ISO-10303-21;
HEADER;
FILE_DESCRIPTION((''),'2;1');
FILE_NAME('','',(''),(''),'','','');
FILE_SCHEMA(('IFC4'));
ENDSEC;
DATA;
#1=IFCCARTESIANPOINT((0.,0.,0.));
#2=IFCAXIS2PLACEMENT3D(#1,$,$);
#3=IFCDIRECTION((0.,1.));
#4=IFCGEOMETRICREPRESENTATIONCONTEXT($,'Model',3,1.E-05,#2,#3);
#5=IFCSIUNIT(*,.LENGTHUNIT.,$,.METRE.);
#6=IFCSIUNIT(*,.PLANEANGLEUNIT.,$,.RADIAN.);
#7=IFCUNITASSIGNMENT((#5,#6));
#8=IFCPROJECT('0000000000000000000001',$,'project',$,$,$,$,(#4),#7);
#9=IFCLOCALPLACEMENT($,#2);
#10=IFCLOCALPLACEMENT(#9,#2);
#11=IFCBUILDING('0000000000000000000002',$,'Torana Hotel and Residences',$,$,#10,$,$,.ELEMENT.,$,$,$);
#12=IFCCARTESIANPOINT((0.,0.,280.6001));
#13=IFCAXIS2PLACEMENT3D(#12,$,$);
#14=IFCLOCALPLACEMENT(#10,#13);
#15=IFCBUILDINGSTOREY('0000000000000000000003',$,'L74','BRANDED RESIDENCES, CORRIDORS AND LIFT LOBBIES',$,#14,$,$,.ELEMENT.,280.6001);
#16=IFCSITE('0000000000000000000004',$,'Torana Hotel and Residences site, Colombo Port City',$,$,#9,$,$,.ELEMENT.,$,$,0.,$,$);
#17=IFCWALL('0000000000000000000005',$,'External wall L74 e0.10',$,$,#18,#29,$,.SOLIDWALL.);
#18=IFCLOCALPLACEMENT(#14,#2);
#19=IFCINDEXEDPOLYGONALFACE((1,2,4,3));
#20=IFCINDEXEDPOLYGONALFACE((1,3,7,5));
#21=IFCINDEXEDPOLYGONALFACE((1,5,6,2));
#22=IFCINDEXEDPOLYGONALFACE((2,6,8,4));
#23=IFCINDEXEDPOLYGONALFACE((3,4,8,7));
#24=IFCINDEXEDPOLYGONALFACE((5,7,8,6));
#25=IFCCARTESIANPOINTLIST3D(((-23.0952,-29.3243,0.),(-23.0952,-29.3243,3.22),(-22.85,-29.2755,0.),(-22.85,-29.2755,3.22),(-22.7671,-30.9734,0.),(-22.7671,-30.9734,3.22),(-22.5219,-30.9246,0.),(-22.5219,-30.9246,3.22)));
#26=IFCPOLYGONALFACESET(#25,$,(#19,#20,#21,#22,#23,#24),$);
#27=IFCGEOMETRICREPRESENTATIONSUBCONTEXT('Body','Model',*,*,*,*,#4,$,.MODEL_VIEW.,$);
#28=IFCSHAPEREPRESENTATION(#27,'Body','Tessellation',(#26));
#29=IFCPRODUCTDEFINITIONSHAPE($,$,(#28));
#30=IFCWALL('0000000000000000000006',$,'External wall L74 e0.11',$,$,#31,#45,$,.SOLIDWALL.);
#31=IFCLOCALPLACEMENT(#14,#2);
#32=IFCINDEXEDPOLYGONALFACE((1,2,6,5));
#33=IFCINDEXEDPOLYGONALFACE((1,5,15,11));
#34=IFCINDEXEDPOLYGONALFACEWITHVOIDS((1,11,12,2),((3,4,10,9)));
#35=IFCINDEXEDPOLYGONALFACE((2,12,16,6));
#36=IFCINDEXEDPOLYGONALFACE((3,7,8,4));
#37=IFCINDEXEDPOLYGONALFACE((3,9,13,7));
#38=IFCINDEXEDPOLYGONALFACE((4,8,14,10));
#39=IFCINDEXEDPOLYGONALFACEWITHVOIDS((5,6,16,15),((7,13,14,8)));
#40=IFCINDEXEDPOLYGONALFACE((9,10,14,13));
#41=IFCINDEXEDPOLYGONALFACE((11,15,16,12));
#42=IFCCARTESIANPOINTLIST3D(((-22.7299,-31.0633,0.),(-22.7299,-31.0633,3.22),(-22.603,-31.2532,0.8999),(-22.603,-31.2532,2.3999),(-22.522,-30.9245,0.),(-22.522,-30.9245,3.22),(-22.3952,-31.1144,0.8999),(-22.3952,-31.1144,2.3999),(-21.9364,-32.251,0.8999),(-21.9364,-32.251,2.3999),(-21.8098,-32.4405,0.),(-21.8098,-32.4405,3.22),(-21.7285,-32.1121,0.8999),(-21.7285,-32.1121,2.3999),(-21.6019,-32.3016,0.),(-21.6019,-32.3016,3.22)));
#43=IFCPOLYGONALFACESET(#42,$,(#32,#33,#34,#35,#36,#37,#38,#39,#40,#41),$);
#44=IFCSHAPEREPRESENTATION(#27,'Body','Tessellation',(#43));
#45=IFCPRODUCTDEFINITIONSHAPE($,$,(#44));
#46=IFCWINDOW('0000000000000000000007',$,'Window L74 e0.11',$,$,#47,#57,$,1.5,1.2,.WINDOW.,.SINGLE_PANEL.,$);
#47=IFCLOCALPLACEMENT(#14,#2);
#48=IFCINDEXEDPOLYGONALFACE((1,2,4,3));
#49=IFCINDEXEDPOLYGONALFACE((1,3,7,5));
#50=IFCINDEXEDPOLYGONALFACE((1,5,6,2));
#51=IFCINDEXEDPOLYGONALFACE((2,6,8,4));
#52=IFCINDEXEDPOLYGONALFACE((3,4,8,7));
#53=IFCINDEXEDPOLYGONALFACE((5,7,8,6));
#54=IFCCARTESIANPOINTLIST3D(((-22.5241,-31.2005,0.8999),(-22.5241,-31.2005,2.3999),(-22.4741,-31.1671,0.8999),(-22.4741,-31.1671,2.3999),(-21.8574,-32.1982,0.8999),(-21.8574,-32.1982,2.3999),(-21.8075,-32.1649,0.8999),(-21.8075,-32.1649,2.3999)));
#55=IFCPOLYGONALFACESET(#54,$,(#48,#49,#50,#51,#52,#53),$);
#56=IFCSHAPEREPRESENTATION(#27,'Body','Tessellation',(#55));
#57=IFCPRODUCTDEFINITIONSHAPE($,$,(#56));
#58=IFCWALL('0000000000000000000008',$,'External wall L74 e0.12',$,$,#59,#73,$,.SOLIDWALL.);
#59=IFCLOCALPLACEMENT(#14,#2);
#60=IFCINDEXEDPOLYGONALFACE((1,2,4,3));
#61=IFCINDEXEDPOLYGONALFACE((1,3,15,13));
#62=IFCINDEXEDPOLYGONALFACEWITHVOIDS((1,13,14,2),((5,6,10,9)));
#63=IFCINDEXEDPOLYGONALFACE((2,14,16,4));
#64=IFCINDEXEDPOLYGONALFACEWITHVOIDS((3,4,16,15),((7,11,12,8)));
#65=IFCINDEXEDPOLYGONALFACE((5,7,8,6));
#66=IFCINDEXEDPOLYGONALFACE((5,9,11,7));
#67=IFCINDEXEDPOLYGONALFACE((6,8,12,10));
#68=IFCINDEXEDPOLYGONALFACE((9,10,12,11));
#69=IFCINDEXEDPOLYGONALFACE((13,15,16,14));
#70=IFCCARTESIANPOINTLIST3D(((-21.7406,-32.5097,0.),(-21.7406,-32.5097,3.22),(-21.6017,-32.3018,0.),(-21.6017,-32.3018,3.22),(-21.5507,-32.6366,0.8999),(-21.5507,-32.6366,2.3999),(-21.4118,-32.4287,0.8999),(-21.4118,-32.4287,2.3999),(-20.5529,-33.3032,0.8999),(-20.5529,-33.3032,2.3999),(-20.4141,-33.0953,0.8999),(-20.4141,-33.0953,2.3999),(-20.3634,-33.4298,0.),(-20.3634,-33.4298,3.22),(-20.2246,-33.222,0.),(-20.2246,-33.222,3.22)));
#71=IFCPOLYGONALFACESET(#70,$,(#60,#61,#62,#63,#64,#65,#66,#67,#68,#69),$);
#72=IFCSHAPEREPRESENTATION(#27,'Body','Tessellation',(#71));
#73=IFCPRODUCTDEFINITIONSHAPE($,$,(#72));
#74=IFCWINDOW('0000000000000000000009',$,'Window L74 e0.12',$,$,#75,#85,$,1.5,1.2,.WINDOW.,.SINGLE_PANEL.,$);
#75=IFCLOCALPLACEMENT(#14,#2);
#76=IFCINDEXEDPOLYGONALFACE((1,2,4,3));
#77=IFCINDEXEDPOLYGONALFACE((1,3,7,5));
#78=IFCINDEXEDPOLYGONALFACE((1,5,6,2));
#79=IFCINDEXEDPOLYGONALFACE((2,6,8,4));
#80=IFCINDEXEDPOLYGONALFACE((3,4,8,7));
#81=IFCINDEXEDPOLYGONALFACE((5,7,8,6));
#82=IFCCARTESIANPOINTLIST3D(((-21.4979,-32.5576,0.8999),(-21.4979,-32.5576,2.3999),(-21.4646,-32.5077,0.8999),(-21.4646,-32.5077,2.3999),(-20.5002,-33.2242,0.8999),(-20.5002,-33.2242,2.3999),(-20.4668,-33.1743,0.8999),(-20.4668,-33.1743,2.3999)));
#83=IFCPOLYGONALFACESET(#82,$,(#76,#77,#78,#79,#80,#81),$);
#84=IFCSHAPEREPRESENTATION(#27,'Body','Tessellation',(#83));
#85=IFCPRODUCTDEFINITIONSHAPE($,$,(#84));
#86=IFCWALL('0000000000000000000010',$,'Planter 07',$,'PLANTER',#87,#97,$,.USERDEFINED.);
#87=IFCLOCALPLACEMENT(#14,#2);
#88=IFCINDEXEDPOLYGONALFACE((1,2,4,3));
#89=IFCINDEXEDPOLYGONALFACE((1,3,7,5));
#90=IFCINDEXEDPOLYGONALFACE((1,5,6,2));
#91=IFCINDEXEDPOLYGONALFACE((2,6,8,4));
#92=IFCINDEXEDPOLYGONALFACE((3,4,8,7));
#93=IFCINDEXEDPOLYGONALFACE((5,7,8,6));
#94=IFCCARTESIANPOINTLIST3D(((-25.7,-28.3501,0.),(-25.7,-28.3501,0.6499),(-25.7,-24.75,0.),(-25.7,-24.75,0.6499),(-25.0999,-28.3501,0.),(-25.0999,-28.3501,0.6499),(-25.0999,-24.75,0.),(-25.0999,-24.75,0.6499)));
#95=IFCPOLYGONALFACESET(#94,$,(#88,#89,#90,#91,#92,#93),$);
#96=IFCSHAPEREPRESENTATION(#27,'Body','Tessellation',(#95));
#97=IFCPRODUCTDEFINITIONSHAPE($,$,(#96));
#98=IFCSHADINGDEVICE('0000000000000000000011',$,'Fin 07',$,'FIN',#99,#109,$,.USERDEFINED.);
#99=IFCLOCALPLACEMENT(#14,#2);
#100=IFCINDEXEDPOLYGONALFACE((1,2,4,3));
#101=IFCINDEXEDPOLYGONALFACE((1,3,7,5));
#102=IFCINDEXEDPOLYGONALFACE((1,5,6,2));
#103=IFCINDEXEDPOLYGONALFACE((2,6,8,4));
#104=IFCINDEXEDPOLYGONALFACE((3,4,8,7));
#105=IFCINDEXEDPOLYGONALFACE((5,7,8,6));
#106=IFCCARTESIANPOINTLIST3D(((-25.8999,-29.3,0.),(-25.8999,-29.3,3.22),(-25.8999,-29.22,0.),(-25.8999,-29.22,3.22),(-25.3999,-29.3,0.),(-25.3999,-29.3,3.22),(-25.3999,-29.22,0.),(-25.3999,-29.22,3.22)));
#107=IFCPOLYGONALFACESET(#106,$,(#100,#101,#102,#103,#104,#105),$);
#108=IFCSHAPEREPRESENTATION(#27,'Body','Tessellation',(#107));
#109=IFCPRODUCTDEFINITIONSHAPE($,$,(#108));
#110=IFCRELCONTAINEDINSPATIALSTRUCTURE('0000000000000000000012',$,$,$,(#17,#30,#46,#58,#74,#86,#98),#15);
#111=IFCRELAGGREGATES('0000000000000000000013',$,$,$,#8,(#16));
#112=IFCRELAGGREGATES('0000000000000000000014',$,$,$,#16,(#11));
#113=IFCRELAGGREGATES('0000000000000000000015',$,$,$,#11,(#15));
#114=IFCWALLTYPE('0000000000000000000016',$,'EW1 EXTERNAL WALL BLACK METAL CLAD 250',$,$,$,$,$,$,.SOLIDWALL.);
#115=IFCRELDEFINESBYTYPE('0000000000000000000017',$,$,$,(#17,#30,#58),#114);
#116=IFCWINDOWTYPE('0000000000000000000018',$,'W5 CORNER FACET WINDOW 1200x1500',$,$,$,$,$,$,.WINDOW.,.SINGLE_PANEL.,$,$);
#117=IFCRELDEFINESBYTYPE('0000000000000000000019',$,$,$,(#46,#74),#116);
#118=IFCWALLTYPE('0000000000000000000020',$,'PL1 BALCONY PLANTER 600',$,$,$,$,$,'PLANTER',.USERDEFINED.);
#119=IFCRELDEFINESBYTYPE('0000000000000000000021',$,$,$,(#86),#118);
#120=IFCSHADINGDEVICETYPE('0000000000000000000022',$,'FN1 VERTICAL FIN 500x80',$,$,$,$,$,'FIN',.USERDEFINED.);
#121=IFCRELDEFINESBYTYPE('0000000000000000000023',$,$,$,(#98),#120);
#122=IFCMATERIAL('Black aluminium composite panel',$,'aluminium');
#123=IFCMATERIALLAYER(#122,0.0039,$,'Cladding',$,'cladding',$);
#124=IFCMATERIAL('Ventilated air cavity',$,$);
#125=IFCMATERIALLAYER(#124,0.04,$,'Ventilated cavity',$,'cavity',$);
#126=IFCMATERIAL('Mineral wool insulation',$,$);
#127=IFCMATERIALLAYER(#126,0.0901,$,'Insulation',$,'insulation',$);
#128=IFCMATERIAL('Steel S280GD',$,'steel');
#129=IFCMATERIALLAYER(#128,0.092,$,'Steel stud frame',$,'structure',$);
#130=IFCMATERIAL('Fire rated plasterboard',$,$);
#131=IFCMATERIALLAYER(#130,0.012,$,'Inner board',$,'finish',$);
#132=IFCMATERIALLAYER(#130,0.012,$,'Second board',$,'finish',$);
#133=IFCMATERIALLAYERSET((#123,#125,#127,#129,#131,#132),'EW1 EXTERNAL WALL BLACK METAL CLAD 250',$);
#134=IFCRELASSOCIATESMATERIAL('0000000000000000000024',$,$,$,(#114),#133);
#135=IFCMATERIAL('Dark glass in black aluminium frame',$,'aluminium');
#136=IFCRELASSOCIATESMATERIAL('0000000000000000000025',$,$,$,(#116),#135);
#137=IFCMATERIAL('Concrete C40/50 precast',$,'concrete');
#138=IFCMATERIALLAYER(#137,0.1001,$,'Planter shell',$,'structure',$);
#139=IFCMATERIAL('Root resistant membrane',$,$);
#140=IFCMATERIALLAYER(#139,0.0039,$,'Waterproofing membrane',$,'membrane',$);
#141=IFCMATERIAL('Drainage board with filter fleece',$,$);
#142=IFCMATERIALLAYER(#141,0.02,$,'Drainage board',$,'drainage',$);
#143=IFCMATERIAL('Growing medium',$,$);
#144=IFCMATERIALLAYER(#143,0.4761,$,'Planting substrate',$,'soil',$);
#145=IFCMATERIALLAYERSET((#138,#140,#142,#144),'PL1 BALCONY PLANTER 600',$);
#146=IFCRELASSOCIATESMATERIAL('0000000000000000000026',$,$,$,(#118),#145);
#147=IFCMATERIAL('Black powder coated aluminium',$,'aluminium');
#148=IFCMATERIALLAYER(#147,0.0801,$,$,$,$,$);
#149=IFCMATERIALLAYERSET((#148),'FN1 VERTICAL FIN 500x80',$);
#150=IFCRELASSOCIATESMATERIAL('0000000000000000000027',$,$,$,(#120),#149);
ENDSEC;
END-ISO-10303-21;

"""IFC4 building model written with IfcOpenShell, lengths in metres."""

from ifc_helpers import new_model, si_unit, direction, frame, frame_2d, origin, origin_2d, place, context, subcontext, project, spatial, rectangle, extrude, material, layer, layer_set, type_object, element, fill, save


model = new_model("IFC4")

# Units and contexts
model_context = context("Model", 3, precision=1e-05, world=origin(), true_north=direction((0.0, 1.0)))
body_context = subcontext(model_context, "Body", "Model", "MODEL_VIEW")
ifc_project = project(units=[si_unit("LENGTHUNIT", "METRE"), si_unit("PLANEANGLEUNIT", "RADIAN")], contexts=[model_context])

# Site, building, storey
site_placement = place(None, origin())
site = spatial("IfcSite", under=ifc_project, at=site_placement, Name="Torana Hotel and Residences site, Colombo Port City", CompositionType="ELEMENT", RefElevation=0.0)
building_placement = place(site_placement, origin())
building = spatial("IfcBuilding", under=site, at=building_placement, Name="Torana Hotel and Residences", CompositionType="ELEMENT")
storey_placement = place(building_placement, frame((0.0, 0.0, 280.6001)))
storey = spatial("IfcBuildingStorey", under=building, at=storey_placement, Name="L74", Description="BRANDED RESIDENCES, CORRIDORS AND LIFT LOBBIES", CompositionType="ELEMENT", Elevation=280.6001)

# Wall
ifc_material_1 = material(Name="Black aluminium composite panel", Category="aluminium")
ifc_layer_1 = layer(ifc_material_1, 0.0039, Name="Cladding", Category="cladding")
ifc_material_2 = material(Name="Ventilated air cavity")
ifc_layer_2 = layer(ifc_material_2, 0.04, Name="Ventilated cavity", Category="cavity")
ifc_material_3 = material(Name="Mineral wool insulation")
ifc_layer_3 = layer(ifc_material_3, 0.0901, Name="Insulation", Category="insulation")
ifc_material_4 = material(Name="Steel S280GD", Category="steel")
ifc_layer_4 = layer(ifc_material_4, 0.092, Name="Steel stud frame", Category="structure")
ifc_material_5 = material(Name="Fire rated plasterboard")
ifc_layer_5 = layer(ifc_material_5, 0.012, Name="Inner board", Category="finish")
ifc_layer_6 = layer(ifc_material_5, 0.012, Name="Second board", Category="finish")
ifc_layer_set_1 = layer_set([ifc_layer_1, ifc_layer_2, ifc_layer_3, ifc_layer_4, ifc_layer_5, ifc_layer_6], Name="EW1 EXTERNAL WALL BLACK METAL CLAD 250")
wall_type_1 = type_object("IfcWallType", Name="EW1 EXTERNAL WALL BLACK METAL CLAD 250", PredefinedType="SOLIDWALL", material=ifc_layer_set_1)
wall_1_placement = place(storey_placement, frame((-22.9727, -29.2998, 0.0), z_axis=(0.0, 0.0, 1.0), x_axis=(0.195139, -0.980776, 0.0)))
element("IfcWall", 1, at=wall_1_placement, inside=storey, type_object=wall_type_1, Name="External wall L74 e0.10", PredefinedType="SOLIDWALL", context=body_context, shape_type="SweptSolid", body=[
    extrude(rectangle(XDim=1.6814, YDim=0.25, at=frame_2d((0.8408, 0.0))), origin(), (0.0, 0.0, 1.0), 3.22),
])

# Walls, openings, windows
wall_2_placement = place(storey_placement, frame((-22.626, -30.9939, 0.0), z_axis=(0.0, 0.0, 1.0), x_axis=(0.55555, -0.831483, 0.0)))
wall_2 = element("IfcWall", 2, at=wall_2_placement, inside=storey, type_object=wall_type_1, Name="External wall L74 e0.11", PredefinedType="SOLIDWALL", context=body_context, shape_type="SweptSolid", body=[
    extrude(rectangle(XDim=1.6562, YDim=0.25, at=frame_2d((0.8281, 0.0))), origin(), (0.0, 0.0, 1.0), 3.22),
])
opening_1_placement = place(wall_2_placement, frame((0.2283, 0.0, 0.8999)))
opening_1 = element("IfcOpeningElement", 3, at=opening_1_placement, cuts=wall_2, PredefinedType="OPENING", context=body_context, shape_type="SweptSolid", body=[
    extrude(rectangle(XDim=1.2, YDim=1.5, at=frame_2d((0.6001, 0.75))), frame((0.0, 0.135, 0.0), z_axis=(0.0, -1.0, 0.0), x_axis=(1.0, 0.0, 0.0)), (0.0, 0.0, 1.0), 0.27),
])
ifc_material_6 = material(Name="Dark glass in black aluminium frame", Category="aluminium")
window_type = type_object("IfcWindowType", Name="W5 CORNER FACET WINDOW 1200x1500", PartitioningType="SINGLE_PANEL", PredefinedType="WINDOW", material=ifc_material_6)
window_1_placement = place(opening_1_placement, origin())
window_1 = element("IfcWindow", 4, at=window_1_placement, inside=storey, type_object=window_type, Name="Window L74 e0.11", OverallHeight=1.5, OverallWidth=1.2, PartitioningType="SINGLE_PANEL", PredefinedType="WINDOW", context=body_context, shape_type="SweptSolid", body=[
    extrude(rectangle(XDim=1.2, YDim=1.5, at=frame_2d((0.6001, 0.75))), frame((0.0, 0.03, 0.0), z_axis=(0.0, -1.0, 0.0), x_axis=(1.0, 0.0, 0.0)), (0.0, 0.0, 1.0), 0.0601),
])
fill(opening_1, window_1)
wall_3_placement = place(storey_placement, frame((-21.6711, -32.4058, 0.0), z_axis=(0.0, 0.0, 1.0), x_axis=(0.831483, -0.55555, 0.0)))
wall_3 = element("IfcWall", 5, at=wall_3_placement, inside=storey, type_object=wall_type_1, Name="External wall L74 e0.12", PredefinedType="SOLIDWALL", context=body_context, shape_type="SweptSolid", body=[
    extrude(rectangle(XDim=1.6562, YDim=0.25, at=frame_2d((0.8281, 0.0))), origin(), (0.0, 0.0, 1.0), 3.22),
])
opening_2_placement = place(wall_3_placement, frame((0.2283, 0.0, 0.8999)))
opening_2 = element("IfcOpeningElement", 6, at=opening_2_placement, cuts=wall_3, PredefinedType="OPENING", context=body_context, shape_type="SweptSolid", body=[
    extrude(rectangle(XDim=1.2, YDim=1.5, at=frame_2d((0.6001, 0.75))), frame((0.0, 0.135, 0.0), z_axis=(0.0, -1.0, 0.0), x_axis=(1.0, 0.0, 0.0)), (0.0, 0.0, 1.0), 0.27),
])
window_2_placement = place(opening_2_placement, origin())
window_2 = element("IfcWindow", 7, at=window_2_placement, inside=storey, type_object=window_type, Name="Window L74 e0.12", OverallHeight=1.5, OverallWidth=1.2, PartitioningType="SINGLE_PANEL", PredefinedType="WINDOW", context=body_context, shape_type="SweptSolid", body=[
    extrude(rectangle(XDim=1.2, YDim=1.5, at=frame_2d((0.6001, 0.75))), frame((0.0, 0.03, 0.0), z_axis=(0.0, -1.0, 0.0), x_axis=(1.0, 0.0, 0.0)), (0.0, 0.0, 1.0), 0.0601),
])
fill(opening_2, window_2)

# Wall
ifc_material_7 = material(Name="Concrete C40/50 precast", Category="concrete")
ifc_layer_7 = layer(ifc_material_7, 0.1001, Name="Planter shell", Category="structure")
ifc_material_8 = material(Name="Root resistant membrane")
ifc_layer_8 = layer(ifc_material_8, 0.0039, Name="Waterproofing membrane", Category="membrane")
ifc_material_9 = material(Name="Drainage board with filter fleece")
ifc_layer_9 = layer(ifc_material_9, 0.02, Name="Drainage board", Category="drainage")
ifc_material_10 = material(Name="Growing medium")
ifc_layer_10 = layer(ifc_material_10, 0.4761, Name="Planting substrate", Category="soil")
ifc_layer_set_2 = layer_set([ifc_layer_7, ifc_layer_8, ifc_layer_9, ifc_layer_10], Name="PL1 BALCONY PLANTER 600")
wall_type_2 = type_object("IfcWallType", Name="PL1 BALCONY PLANTER 600", ElementType="PLANTER", PredefinedType="USERDEFINED", material=ifc_layer_set_2)
wall_4_placement = place(storey_placement, frame((-25.3999, -28.3501, 0.0), z_axis=(0.0, 0.0, 1.0), x_axis=(0.0, 1.0, 0.0)))
element("IfcWall", 8, at=wall_4_placement, inside=storey, type_object=wall_type_2, Name="Planter 07", ObjectType="PLANTER", PredefinedType="USERDEFINED", context=body_context, shape_type="SweptSolid", body=[
    extrude(rectangle(XDim=3.6001, YDim=0.6001, at=frame_2d((1.8, 0.0))), origin(), (0.0, 0.0, 1.0), 0.6499),
])

# Shading device
ifc_material_11 = material(Name="Black powder coated aluminium", Category="aluminium")
ifc_layer_11 = layer(ifc_material_11, 0.0801)
ifc_layer_set_3 = layer_set([ifc_layer_11], Name="FN1 VERTICAL FIN 500x80")
shading_device_type = type_object("IfcShadingDeviceType", Name="FN1 VERTICAL FIN 500x80", ElementType="FIN", PredefinedType="USERDEFINED", material=ifc_layer_set_3)
shading_device_placement = place(storey_placement, frame((-25.6499, -29.26, 0.0), z_axis=(0.0, 0.0, 1.0), x_axis=(0.0, 1.0, 0.0)))
element("IfcShadingDevice", 9, at=shading_device_placement, inside=storey, type_object=shading_device_type, Name="Fin 07", ObjectType="FIN", PredefinedType="USERDEFINED", context=body_context, shape_type="SweptSolid", body=[
    extrude(rectangle(XDim=0.0801, YDim=0.5, at=origin_2d()), origin(), (0.0, 0.0, 1.0), 3.22),
])

save(model, "model.ifc")
